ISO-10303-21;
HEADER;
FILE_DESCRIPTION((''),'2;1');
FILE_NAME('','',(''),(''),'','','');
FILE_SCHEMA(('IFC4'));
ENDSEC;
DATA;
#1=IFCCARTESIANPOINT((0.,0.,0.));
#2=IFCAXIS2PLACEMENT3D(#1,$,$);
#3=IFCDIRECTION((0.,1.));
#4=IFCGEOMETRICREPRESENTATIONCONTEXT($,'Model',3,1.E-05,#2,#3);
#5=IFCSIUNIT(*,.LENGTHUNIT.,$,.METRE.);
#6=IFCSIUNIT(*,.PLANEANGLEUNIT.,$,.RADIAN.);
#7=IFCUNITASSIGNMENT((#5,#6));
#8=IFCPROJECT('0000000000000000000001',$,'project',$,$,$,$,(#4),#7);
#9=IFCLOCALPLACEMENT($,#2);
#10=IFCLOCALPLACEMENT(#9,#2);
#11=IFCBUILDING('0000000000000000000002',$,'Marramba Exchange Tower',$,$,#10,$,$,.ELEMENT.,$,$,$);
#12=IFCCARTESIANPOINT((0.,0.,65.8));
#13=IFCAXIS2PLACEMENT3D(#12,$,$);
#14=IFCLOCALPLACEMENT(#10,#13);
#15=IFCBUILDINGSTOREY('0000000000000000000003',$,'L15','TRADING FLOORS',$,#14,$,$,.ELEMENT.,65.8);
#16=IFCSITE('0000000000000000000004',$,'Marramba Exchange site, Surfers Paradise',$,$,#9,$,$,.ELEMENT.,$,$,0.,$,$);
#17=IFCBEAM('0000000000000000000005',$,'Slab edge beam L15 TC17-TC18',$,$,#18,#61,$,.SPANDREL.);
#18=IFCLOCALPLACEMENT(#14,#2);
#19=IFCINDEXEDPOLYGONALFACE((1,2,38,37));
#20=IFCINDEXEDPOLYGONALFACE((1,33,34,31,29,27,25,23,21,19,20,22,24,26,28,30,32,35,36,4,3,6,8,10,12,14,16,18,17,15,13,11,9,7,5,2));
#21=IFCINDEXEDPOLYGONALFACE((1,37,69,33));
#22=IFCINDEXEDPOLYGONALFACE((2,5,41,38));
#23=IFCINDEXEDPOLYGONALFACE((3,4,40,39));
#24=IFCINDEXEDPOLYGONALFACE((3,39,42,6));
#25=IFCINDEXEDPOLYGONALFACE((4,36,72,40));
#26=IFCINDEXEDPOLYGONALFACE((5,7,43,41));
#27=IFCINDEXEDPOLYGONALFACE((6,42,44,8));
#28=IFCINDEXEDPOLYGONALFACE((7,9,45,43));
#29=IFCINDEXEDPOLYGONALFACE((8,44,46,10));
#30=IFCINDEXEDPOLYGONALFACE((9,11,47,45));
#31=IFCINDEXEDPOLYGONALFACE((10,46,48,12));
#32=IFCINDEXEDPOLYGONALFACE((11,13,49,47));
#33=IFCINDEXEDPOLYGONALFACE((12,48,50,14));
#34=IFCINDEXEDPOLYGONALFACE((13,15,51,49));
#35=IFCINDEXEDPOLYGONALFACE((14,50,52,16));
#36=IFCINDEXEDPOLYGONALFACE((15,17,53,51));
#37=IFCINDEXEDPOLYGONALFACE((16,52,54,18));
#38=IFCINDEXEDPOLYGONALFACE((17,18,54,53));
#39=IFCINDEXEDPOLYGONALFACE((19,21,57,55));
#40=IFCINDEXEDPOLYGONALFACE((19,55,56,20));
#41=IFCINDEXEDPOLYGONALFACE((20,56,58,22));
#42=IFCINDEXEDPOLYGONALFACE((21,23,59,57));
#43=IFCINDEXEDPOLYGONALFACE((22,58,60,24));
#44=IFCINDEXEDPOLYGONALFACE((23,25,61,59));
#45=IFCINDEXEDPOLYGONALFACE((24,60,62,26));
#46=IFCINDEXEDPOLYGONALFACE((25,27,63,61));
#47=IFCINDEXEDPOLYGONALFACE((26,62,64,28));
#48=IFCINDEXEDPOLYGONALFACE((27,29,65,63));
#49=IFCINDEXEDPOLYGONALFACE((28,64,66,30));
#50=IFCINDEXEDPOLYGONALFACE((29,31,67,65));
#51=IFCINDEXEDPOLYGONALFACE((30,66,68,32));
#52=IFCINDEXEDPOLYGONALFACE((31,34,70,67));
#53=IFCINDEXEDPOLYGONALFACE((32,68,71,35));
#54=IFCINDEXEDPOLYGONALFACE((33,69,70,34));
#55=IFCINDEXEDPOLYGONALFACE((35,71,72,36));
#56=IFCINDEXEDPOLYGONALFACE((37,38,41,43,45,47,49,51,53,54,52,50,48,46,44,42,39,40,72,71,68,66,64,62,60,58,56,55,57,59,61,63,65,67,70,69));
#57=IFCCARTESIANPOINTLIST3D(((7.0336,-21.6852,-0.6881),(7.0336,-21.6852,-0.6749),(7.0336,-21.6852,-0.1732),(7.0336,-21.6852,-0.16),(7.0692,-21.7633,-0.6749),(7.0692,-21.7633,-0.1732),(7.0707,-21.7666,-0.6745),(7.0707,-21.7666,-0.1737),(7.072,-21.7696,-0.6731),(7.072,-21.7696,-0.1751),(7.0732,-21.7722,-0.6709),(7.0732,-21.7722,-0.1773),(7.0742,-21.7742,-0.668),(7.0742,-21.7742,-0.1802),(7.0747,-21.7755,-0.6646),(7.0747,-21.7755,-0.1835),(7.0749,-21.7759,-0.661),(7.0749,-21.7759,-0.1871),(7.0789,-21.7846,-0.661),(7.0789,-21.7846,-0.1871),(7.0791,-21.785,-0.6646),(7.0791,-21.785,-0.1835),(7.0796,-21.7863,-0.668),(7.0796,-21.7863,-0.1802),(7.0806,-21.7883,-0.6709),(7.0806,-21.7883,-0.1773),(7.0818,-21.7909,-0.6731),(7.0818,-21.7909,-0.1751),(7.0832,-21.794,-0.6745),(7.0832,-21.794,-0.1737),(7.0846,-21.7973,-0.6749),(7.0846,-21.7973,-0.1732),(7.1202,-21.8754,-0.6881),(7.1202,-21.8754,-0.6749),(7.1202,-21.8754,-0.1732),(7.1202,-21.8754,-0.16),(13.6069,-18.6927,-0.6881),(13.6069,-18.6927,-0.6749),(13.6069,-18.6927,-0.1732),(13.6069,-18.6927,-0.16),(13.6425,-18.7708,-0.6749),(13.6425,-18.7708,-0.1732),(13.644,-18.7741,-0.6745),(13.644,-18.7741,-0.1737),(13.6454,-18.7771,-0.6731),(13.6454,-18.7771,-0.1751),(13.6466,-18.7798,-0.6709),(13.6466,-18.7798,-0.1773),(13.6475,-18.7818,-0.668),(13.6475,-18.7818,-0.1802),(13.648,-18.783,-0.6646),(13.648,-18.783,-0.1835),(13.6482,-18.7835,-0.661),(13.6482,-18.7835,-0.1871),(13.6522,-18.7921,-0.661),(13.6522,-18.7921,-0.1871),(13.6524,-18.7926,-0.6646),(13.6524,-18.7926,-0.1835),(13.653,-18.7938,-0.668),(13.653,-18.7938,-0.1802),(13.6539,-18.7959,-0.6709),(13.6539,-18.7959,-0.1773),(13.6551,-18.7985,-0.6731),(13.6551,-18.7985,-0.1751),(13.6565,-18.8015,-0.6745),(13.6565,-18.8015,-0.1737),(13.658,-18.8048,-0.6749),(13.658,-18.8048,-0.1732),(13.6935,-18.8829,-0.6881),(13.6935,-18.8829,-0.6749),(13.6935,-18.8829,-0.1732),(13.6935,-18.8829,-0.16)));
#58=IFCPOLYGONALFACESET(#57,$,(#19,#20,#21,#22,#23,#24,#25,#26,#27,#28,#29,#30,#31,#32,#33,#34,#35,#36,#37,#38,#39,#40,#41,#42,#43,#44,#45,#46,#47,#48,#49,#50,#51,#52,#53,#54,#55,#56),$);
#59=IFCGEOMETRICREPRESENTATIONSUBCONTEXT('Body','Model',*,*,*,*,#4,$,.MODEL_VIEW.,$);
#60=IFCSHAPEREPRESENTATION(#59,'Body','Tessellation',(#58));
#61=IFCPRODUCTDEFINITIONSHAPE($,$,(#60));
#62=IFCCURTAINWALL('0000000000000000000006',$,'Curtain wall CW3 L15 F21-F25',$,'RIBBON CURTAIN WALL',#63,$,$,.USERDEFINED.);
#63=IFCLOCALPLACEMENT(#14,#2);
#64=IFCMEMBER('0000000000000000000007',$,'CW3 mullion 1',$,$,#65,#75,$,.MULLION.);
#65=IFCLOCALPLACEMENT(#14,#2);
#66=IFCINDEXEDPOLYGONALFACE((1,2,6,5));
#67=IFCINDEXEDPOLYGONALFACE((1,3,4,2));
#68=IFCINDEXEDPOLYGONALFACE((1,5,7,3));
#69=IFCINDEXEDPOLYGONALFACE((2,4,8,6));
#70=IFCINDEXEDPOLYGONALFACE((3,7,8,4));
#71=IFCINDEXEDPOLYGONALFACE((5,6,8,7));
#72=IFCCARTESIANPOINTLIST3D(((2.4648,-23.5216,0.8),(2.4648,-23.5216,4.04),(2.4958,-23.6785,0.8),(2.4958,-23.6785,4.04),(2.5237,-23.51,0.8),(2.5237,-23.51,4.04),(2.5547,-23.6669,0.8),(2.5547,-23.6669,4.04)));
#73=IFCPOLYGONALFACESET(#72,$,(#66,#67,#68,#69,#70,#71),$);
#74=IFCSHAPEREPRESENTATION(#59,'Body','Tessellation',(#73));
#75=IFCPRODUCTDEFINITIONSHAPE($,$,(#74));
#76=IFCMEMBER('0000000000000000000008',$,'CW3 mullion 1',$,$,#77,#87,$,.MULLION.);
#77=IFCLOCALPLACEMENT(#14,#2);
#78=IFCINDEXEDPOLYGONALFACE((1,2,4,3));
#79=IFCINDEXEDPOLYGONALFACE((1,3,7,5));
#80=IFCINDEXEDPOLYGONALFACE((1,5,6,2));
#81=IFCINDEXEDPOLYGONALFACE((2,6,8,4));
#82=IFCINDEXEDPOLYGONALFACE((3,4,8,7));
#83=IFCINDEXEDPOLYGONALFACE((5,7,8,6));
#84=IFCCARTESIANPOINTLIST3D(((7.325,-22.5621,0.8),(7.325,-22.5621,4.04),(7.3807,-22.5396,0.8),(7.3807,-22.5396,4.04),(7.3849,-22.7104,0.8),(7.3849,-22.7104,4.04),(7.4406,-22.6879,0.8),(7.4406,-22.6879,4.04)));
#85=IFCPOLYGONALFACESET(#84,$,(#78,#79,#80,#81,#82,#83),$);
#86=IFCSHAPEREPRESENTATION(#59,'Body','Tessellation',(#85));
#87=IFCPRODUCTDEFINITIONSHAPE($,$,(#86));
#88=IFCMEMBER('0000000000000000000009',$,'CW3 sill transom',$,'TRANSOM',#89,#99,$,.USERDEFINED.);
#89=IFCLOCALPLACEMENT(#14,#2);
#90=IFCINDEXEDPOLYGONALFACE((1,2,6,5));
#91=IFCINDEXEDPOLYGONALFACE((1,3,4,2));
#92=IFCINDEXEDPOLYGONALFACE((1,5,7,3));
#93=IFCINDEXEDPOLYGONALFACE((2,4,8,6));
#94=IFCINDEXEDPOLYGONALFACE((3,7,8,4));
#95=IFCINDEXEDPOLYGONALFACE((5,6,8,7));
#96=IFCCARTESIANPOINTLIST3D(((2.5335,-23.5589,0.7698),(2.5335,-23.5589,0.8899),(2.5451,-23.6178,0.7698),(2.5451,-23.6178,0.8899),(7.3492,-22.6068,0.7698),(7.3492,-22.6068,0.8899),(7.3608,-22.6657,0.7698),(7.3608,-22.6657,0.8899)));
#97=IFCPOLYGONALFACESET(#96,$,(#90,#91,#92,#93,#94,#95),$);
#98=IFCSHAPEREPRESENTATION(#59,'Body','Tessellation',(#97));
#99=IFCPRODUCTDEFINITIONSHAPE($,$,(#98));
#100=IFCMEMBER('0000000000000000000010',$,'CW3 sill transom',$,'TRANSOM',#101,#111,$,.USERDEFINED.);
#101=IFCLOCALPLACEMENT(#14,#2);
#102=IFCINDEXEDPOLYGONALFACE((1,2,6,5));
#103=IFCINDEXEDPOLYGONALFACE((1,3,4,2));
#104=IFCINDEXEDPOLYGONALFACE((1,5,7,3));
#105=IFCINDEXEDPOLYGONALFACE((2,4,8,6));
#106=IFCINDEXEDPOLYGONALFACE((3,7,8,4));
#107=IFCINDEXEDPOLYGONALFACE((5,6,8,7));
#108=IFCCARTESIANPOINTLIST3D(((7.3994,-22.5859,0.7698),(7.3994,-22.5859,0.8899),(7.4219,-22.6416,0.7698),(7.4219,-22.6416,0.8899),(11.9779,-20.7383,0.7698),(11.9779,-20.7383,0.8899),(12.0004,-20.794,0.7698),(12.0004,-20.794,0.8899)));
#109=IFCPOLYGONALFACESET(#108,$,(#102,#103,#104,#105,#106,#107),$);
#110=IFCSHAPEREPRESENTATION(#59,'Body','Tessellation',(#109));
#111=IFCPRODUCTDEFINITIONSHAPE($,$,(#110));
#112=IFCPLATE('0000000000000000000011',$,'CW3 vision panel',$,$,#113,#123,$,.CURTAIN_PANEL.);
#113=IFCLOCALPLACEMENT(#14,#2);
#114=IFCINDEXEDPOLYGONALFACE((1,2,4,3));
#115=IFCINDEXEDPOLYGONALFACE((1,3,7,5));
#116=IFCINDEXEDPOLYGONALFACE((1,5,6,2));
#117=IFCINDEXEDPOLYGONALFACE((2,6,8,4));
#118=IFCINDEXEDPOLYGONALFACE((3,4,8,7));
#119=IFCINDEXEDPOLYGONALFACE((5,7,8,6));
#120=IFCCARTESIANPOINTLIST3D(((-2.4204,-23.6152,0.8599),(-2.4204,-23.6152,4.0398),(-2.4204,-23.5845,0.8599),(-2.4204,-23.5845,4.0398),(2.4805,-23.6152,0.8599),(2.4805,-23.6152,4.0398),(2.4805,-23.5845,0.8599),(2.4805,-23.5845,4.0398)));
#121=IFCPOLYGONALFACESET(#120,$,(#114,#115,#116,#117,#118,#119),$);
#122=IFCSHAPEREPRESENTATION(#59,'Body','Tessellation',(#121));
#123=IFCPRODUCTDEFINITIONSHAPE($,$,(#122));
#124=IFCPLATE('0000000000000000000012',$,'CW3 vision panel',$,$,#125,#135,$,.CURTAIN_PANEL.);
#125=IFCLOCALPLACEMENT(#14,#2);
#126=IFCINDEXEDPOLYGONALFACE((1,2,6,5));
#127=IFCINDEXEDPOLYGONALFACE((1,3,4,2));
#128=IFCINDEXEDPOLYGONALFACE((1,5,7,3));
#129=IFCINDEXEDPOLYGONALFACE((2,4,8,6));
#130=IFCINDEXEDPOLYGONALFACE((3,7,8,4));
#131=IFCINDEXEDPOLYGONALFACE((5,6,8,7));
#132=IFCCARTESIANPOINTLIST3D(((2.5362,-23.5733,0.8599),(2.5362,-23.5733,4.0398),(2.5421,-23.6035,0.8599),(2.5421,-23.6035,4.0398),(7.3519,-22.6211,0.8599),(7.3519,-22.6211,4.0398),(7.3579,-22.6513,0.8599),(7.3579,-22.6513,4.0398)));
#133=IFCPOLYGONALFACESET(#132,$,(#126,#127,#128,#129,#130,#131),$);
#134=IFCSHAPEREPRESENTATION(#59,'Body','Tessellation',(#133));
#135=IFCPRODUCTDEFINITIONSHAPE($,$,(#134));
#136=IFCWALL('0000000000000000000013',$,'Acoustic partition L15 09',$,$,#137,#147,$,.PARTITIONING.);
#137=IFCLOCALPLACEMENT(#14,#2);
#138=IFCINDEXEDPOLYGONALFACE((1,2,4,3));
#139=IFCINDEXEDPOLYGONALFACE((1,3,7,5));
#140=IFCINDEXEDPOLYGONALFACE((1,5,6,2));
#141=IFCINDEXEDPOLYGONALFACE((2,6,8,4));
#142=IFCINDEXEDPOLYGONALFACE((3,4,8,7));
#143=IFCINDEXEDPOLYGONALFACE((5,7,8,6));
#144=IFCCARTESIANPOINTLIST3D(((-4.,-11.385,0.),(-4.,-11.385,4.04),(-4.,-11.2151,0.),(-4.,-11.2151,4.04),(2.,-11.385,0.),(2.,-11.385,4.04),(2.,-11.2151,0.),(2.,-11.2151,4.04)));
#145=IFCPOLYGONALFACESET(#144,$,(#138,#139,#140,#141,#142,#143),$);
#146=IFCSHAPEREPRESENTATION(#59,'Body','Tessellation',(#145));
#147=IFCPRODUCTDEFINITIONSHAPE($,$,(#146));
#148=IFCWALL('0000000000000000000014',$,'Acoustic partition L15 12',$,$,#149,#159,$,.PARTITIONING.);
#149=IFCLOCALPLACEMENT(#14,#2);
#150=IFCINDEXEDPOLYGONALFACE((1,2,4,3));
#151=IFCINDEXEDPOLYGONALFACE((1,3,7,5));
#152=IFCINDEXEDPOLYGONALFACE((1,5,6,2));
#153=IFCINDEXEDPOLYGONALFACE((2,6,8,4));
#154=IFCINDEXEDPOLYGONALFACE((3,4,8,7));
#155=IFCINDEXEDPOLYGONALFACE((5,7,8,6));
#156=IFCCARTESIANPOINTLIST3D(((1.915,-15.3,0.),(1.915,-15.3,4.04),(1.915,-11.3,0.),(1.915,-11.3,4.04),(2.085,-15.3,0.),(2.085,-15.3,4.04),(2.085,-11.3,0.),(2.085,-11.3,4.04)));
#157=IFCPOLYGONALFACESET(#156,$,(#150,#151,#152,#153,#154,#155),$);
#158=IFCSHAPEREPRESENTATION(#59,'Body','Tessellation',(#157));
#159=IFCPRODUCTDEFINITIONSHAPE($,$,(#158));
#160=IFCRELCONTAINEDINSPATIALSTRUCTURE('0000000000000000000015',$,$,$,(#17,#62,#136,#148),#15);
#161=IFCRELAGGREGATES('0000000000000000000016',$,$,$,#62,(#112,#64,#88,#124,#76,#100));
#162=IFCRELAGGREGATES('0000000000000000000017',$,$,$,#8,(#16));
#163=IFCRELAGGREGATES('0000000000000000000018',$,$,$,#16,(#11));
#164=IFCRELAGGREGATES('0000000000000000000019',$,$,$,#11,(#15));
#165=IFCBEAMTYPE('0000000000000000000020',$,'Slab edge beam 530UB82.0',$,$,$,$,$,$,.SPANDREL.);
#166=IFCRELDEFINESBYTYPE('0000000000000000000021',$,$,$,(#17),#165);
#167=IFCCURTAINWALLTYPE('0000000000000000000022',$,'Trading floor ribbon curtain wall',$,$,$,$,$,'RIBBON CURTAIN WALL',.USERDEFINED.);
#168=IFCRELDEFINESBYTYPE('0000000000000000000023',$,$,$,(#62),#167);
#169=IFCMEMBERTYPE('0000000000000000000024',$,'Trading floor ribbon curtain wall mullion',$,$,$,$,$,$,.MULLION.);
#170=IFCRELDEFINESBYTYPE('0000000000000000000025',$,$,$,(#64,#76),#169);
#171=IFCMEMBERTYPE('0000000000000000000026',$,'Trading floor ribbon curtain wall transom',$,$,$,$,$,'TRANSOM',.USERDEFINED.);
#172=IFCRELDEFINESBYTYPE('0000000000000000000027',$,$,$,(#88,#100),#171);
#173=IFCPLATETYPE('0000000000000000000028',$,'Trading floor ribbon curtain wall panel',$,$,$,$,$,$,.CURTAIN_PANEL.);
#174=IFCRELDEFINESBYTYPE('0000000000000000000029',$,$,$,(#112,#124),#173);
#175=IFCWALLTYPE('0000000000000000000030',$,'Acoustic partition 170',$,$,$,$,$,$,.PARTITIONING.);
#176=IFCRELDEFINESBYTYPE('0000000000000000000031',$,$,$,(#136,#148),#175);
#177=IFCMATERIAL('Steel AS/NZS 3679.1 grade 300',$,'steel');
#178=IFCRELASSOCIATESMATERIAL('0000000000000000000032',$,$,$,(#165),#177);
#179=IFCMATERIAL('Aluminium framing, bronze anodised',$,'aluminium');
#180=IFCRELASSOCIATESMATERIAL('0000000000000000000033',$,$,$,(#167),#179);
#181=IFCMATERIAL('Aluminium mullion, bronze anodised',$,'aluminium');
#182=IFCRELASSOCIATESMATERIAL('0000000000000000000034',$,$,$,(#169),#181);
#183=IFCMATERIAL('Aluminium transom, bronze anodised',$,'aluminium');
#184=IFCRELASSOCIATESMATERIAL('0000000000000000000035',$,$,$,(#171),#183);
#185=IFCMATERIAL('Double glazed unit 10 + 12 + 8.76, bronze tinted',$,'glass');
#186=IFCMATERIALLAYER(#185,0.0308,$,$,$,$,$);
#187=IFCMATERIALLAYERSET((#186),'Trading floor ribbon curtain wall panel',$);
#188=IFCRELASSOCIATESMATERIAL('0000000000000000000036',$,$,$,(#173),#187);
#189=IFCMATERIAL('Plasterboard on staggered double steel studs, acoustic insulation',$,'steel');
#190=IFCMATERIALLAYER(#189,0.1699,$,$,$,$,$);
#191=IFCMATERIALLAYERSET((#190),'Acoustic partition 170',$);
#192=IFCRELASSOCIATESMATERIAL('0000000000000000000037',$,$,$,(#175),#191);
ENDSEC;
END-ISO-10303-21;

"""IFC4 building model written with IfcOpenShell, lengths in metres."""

from ifc_helpers import new_model, si_unit, direction, frame, frame_2d, origin, origin_2d, place, context, subcontext, project, spatial, rectangle, i_section, extrude, material, layer, layer_set, material_profile, profile_set, type_object, element, aggregate, save


model = new_model("IFC4")

# Units and contexts
model_context = context("Model", 3, precision=1e-05, world=origin(), true_north=direction((0.0, 1.0)))
body_context = subcontext(model_context, "Body", "Model", "MODEL_VIEW")
ifc_project = project(units=[si_unit("LENGTHUNIT", "METRE"), si_unit("PLANEANGLEUNIT", "RADIAN")], contexts=[model_context])

# Site, building, storey
site_placement = place(None, origin())
site = spatial("IfcSite", under=ifc_project, at=site_placement, Name="Marramba Exchange site, Surfers Paradise", CompositionType="ELEMENT", RefElevation=0.0)
building_placement = place(site_placement, origin())
building = spatial("IfcBuilding", under=site, at=building_placement, Name="Marramba Exchange Tower", CompositionType="ELEMENT")
storey_placement = place(building_placement, frame((0.0, 0.0, 65.8)))
storey = spatial("IfcBuildingStorey", under=building, at=storey_placement, Name="L15", Description="TRADING FLOORS", CompositionType="ELEMENT", Elevation=65.8)

# Beam
ifc_material_1 = material(Name="Steel AS/NZS 3679.1 grade 300", Category="steel")
ifc_material_profile_1 = material_profile(ifc_material_1, i_section(OverallWidth=0.209, OverallDepth=0.5281, WebThickness=0.0095, FlangeThickness=0.0132, FilletRadius=0.0139, at=origin_2d()), Name="530UB82.0")
ifc_profile_set_1 = profile_set([ifc_material_profile_1], Name="Steel AS/NZS 3679.1 grade 300")
beam_type_1 = type_object("IfcBeamType", Name="Slab edge beam 530UB82.0", PredefinedType="SPANDREL", material=ifc_profile_set_1)
beam_1_placement = place(storey_placement, frame((7.0769, -21.7803, -0.4241), z_axis=(0.910127, 0.41433, 0.0), x_axis=(-0.41433, 0.910127, 0.0)))
element("IfcBeam", 1, at=beam_1_placement, inside=storey, type_object=beam_type_1, Name="Slab edge beam L15 TC17-TC18", PredefinedType="SPANDREL", context=body_context, shape_type="SweptSolid", body=[
    extrude(i_section(OverallWidth=0.209, OverallDepth=0.5281, WebThickness=0.0095, FlangeThickness=0.0132, FilletRadius=0.0139, at=origin_2d()), origin(), (0.0, 0.0, 1.0), 7.2224),
])

# Curtain wall, members, plates
ifc_material_2 = material(Name="Aluminium framing, bronze anodised", Category="aluminium")
curtain_wall_type = type_object("IfcCurtainWallType", Name="Trading floor ribbon curtain wall", ElementType="RIBBON CURTAIN WALL", PredefinedType="USERDEFINED", material=ifc_material_2)
curtain_wall_placement = place(storey_placement, origin())
curtain_wall = element("IfcCurtainWall", 2, at=curtain_wall_placement, inside=storey, type_object=curtain_wall_type, Name="Curtain wall CW3 L15 F21-F25", ObjectType="RIBBON CURTAIN WALL", PredefinedType="USERDEFINED")
ifc_material_3 = material(Name="Aluminium mullion, bronze anodised", Category="aluminium")
ifc_material_profile_2 = material_profile(ifc_material_3, rectangle(XDim=0.1599, YDim=0.0601, at=origin_2d()), Name="CW3 mullion 60x160")
ifc_profile_set_2 = profile_set([ifc_material_profile_2], Name="Aluminium mullion, bronze anodised")
member_type_1 = type_object("IfcMemberType", Name="Trading floor ribbon curtain wall mullion", PredefinedType="MULLION", material=ifc_profile_set_2)
member_1_placement = place(storey_placement, frame((2.5098, -23.5942, 0.8), z_axis=(0.0, 0.0, 1.0), x_axis=(-0.193961, 0.981009, 0.0)))
member_1 = element("IfcMember", 3, at=member_1_placement, type_object=member_type_1, Name="CW3 mullion 1", PredefinedType="MULLION", context=body_context, shape_type="SweptSolid", body=[
    extrude(rectangle(XDim=0.1599, YDim=0.0601, at=origin_2d()), origin(), (0.0, 0.0, 1.0), 3.24),
])
member_2_placement = place(storey_placement, frame((7.3828, -22.625, 0.8), z_axis=(0.0, 0.0, 1.0), x_axis=(-0.374218, 0.927341, 0.0)))
member_2 = element("IfcMember", 4, at=member_2_placement, type_object=member_type_1, Name="CW3 mullion 1", PredefinedType="MULLION", context=body_context, shape_type="SweptSolid", body=[
    extrude(rectangle(XDim=0.1599, YDim=0.0601, at=origin_2d()), origin(), (0.0, 0.0, 1.0), 3.24),
])
ifc_material_4 = material(Name="Aluminium transom, bronze anodised", Category="aluminium")
ifc_material_profile_3 = material_profile(ifc_material_4, rectangle(XDim=0.0601, YDim=0.1201, at=origin_2d()), Name="CW3 transom 60x120")
ifc_profile_set_3 = profile_set([ifc_material_profile_3], Name="Aluminium transom, bronze anodised")
member_type_2 = type_object("IfcMemberType", Name="Trading floor ribbon curtain wall transom", ElementType="TRANSOM", PredefinedType="USERDEFINED", material=ifc_profile_set_3)
member_3_placement = place(storey_placement, frame((2.5393, -23.5884, 0.8298), z_axis=(0.981009, 0.193964, 0.0), x_axis=(-0.193964, 0.981009, 0.0)))
member_3 = element("IfcMember", 5, at=member_3_placement, type_object=member_type_2, Name="CW3 sill transom", ObjectType="TRANSOM", PredefinedType="USERDEFINED", context=body_context, shape_type="SweptSolid", body=[
    extrude(rectangle(XDim=0.0601, YDim=0.1201, at=origin_2d()), origin(), (0.0, 0.0, 1.0), 4.9089),
])
member_4_placement = place(storey_placement, frame((7.4106, -22.6138, 0.8298), z_axis=(0.92734, 0.374219, 0.0), x_axis=(-0.374219, 0.92734, 0.0)))
member_4 = element("IfcMember", 6, at=member_4_placement, type_object=member_type_2, Name="CW3 sill transom", ObjectType="TRANSOM", PredefinedType="USERDEFINED", context=body_context, shape_type="SweptSolid", body=[
    extrude(rectangle(XDim=0.0601, YDim=0.1201, at=origin_2d()), origin(), (0.0, 0.0, 1.0), 4.9373),
])
ifc_material_5 = material(Name="Double glazed unit 10 + 12 + 8.76, bronze tinted", Category="glass")
ifc_layer_1 = layer(ifc_material_5, 0.0308)
ifc_layer_set_1 = layer_set([ifc_layer_1], Name="Trading floor ribbon curtain wall panel")
plate_type = type_object("IfcPlateType", Name="Trading floor ribbon curtain wall panel", PredefinedType="CURTAIN_PANEL", material=ifc_layer_set_1)
plate_1_placement = place(storey_placement, frame((0.03, -23.5999, 0.8599), z_axis=(0.0, 0.0, 1.0), x_axis=(1.0, 0.0, 0.0)))
plate_1 = element("IfcPlate", 7, at=plate_1_placement, type_object=plate_type, Name="CW3 vision panel", PredefinedType="CURTAIN_PANEL", context=body_context, shape_type="SweptSolid", body=[
    extrude(rectangle(XDim=4.9009, YDim=0.0308, at=origin_2d()), origin(), (0.0, 0.0, 1.0), 3.1799),
])
plate_2_placement = place(storey_placement, frame((4.947, -23.1123, 0.8599), z_axis=(0.0, 0.0, 1.0), x_axis=(0.981009, 0.193961, 0.0)))
plate_2 = element("IfcPlate", 8, at=plate_2_placement, type_object=plate_type, Name="CW3 vision panel", PredefinedType="CURTAIN_PANEL", context=body_context, shape_type="SweptSolid", body=[
    extrude(rectangle(XDim=4.9089, YDim=0.0308, at=origin_2d()), origin(), (0.0, 0.0, 1.0), 3.1799),
])
aggregate(curtain_wall, [plate_1, member_1, member_3, plate_2, member_2, member_4])

# Walls
ifc_material_6 = material(Name="Plasterboard on staggered double steel studs, acoustic insulation", Category="steel")
ifc_layer_2 = layer(ifc_material_6, 0.1699)
ifc_layer_set_2 = layer_set([ifc_layer_2], Name="Acoustic partition 170")
wall_type_1 = type_object("IfcWallType", Name="Acoustic partition 170", PredefinedType="PARTITIONING", material=ifc_layer_set_2)
wall_1_placement = place(storey_placement, frame((2.0, -11.3, 0.0), z_axis=(0.0, 0.0, 1.0), x_axis=(-1.0, 0.0, 0.0)))
element("IfcWall", 9, at=wall_1_placement, inside=storey, type_object=wall_type_1, Name="Acoustic partition L15 09", PredefinedType="PARTITIONING", context=body_context, shape_type="SweptSolid", body=[
    extrude(rectangle(XDim=6.0, YDim=0.1699, at=frame_2d((3.0, 0.0))), origin(), (0.0, 0.0, 1.0), 4.04),
])
wall_2_placement = place(storey_placement, frame((2.0, -11.3, 0.0), z_axis=(0.0, 0.0, 1.0), x_axis=(0.0, -1.0, 0.0)))
element("IfcWall", 10, at=wall_2_placement, inside=storey, type_object=wall_type_1, Name="Acoustic partition L15 12", PredefinedType="PARTITIONING", context=body_context, shape_type="SweptSolid", body=[
    extrude(rectangle(XDim=4.0, YDim=0.1699, at=frame_2d((2.0, 0.0))), origin(), (0.0, 0.0, 1.0), 4.04),
])

save(model, "model.ifc")
